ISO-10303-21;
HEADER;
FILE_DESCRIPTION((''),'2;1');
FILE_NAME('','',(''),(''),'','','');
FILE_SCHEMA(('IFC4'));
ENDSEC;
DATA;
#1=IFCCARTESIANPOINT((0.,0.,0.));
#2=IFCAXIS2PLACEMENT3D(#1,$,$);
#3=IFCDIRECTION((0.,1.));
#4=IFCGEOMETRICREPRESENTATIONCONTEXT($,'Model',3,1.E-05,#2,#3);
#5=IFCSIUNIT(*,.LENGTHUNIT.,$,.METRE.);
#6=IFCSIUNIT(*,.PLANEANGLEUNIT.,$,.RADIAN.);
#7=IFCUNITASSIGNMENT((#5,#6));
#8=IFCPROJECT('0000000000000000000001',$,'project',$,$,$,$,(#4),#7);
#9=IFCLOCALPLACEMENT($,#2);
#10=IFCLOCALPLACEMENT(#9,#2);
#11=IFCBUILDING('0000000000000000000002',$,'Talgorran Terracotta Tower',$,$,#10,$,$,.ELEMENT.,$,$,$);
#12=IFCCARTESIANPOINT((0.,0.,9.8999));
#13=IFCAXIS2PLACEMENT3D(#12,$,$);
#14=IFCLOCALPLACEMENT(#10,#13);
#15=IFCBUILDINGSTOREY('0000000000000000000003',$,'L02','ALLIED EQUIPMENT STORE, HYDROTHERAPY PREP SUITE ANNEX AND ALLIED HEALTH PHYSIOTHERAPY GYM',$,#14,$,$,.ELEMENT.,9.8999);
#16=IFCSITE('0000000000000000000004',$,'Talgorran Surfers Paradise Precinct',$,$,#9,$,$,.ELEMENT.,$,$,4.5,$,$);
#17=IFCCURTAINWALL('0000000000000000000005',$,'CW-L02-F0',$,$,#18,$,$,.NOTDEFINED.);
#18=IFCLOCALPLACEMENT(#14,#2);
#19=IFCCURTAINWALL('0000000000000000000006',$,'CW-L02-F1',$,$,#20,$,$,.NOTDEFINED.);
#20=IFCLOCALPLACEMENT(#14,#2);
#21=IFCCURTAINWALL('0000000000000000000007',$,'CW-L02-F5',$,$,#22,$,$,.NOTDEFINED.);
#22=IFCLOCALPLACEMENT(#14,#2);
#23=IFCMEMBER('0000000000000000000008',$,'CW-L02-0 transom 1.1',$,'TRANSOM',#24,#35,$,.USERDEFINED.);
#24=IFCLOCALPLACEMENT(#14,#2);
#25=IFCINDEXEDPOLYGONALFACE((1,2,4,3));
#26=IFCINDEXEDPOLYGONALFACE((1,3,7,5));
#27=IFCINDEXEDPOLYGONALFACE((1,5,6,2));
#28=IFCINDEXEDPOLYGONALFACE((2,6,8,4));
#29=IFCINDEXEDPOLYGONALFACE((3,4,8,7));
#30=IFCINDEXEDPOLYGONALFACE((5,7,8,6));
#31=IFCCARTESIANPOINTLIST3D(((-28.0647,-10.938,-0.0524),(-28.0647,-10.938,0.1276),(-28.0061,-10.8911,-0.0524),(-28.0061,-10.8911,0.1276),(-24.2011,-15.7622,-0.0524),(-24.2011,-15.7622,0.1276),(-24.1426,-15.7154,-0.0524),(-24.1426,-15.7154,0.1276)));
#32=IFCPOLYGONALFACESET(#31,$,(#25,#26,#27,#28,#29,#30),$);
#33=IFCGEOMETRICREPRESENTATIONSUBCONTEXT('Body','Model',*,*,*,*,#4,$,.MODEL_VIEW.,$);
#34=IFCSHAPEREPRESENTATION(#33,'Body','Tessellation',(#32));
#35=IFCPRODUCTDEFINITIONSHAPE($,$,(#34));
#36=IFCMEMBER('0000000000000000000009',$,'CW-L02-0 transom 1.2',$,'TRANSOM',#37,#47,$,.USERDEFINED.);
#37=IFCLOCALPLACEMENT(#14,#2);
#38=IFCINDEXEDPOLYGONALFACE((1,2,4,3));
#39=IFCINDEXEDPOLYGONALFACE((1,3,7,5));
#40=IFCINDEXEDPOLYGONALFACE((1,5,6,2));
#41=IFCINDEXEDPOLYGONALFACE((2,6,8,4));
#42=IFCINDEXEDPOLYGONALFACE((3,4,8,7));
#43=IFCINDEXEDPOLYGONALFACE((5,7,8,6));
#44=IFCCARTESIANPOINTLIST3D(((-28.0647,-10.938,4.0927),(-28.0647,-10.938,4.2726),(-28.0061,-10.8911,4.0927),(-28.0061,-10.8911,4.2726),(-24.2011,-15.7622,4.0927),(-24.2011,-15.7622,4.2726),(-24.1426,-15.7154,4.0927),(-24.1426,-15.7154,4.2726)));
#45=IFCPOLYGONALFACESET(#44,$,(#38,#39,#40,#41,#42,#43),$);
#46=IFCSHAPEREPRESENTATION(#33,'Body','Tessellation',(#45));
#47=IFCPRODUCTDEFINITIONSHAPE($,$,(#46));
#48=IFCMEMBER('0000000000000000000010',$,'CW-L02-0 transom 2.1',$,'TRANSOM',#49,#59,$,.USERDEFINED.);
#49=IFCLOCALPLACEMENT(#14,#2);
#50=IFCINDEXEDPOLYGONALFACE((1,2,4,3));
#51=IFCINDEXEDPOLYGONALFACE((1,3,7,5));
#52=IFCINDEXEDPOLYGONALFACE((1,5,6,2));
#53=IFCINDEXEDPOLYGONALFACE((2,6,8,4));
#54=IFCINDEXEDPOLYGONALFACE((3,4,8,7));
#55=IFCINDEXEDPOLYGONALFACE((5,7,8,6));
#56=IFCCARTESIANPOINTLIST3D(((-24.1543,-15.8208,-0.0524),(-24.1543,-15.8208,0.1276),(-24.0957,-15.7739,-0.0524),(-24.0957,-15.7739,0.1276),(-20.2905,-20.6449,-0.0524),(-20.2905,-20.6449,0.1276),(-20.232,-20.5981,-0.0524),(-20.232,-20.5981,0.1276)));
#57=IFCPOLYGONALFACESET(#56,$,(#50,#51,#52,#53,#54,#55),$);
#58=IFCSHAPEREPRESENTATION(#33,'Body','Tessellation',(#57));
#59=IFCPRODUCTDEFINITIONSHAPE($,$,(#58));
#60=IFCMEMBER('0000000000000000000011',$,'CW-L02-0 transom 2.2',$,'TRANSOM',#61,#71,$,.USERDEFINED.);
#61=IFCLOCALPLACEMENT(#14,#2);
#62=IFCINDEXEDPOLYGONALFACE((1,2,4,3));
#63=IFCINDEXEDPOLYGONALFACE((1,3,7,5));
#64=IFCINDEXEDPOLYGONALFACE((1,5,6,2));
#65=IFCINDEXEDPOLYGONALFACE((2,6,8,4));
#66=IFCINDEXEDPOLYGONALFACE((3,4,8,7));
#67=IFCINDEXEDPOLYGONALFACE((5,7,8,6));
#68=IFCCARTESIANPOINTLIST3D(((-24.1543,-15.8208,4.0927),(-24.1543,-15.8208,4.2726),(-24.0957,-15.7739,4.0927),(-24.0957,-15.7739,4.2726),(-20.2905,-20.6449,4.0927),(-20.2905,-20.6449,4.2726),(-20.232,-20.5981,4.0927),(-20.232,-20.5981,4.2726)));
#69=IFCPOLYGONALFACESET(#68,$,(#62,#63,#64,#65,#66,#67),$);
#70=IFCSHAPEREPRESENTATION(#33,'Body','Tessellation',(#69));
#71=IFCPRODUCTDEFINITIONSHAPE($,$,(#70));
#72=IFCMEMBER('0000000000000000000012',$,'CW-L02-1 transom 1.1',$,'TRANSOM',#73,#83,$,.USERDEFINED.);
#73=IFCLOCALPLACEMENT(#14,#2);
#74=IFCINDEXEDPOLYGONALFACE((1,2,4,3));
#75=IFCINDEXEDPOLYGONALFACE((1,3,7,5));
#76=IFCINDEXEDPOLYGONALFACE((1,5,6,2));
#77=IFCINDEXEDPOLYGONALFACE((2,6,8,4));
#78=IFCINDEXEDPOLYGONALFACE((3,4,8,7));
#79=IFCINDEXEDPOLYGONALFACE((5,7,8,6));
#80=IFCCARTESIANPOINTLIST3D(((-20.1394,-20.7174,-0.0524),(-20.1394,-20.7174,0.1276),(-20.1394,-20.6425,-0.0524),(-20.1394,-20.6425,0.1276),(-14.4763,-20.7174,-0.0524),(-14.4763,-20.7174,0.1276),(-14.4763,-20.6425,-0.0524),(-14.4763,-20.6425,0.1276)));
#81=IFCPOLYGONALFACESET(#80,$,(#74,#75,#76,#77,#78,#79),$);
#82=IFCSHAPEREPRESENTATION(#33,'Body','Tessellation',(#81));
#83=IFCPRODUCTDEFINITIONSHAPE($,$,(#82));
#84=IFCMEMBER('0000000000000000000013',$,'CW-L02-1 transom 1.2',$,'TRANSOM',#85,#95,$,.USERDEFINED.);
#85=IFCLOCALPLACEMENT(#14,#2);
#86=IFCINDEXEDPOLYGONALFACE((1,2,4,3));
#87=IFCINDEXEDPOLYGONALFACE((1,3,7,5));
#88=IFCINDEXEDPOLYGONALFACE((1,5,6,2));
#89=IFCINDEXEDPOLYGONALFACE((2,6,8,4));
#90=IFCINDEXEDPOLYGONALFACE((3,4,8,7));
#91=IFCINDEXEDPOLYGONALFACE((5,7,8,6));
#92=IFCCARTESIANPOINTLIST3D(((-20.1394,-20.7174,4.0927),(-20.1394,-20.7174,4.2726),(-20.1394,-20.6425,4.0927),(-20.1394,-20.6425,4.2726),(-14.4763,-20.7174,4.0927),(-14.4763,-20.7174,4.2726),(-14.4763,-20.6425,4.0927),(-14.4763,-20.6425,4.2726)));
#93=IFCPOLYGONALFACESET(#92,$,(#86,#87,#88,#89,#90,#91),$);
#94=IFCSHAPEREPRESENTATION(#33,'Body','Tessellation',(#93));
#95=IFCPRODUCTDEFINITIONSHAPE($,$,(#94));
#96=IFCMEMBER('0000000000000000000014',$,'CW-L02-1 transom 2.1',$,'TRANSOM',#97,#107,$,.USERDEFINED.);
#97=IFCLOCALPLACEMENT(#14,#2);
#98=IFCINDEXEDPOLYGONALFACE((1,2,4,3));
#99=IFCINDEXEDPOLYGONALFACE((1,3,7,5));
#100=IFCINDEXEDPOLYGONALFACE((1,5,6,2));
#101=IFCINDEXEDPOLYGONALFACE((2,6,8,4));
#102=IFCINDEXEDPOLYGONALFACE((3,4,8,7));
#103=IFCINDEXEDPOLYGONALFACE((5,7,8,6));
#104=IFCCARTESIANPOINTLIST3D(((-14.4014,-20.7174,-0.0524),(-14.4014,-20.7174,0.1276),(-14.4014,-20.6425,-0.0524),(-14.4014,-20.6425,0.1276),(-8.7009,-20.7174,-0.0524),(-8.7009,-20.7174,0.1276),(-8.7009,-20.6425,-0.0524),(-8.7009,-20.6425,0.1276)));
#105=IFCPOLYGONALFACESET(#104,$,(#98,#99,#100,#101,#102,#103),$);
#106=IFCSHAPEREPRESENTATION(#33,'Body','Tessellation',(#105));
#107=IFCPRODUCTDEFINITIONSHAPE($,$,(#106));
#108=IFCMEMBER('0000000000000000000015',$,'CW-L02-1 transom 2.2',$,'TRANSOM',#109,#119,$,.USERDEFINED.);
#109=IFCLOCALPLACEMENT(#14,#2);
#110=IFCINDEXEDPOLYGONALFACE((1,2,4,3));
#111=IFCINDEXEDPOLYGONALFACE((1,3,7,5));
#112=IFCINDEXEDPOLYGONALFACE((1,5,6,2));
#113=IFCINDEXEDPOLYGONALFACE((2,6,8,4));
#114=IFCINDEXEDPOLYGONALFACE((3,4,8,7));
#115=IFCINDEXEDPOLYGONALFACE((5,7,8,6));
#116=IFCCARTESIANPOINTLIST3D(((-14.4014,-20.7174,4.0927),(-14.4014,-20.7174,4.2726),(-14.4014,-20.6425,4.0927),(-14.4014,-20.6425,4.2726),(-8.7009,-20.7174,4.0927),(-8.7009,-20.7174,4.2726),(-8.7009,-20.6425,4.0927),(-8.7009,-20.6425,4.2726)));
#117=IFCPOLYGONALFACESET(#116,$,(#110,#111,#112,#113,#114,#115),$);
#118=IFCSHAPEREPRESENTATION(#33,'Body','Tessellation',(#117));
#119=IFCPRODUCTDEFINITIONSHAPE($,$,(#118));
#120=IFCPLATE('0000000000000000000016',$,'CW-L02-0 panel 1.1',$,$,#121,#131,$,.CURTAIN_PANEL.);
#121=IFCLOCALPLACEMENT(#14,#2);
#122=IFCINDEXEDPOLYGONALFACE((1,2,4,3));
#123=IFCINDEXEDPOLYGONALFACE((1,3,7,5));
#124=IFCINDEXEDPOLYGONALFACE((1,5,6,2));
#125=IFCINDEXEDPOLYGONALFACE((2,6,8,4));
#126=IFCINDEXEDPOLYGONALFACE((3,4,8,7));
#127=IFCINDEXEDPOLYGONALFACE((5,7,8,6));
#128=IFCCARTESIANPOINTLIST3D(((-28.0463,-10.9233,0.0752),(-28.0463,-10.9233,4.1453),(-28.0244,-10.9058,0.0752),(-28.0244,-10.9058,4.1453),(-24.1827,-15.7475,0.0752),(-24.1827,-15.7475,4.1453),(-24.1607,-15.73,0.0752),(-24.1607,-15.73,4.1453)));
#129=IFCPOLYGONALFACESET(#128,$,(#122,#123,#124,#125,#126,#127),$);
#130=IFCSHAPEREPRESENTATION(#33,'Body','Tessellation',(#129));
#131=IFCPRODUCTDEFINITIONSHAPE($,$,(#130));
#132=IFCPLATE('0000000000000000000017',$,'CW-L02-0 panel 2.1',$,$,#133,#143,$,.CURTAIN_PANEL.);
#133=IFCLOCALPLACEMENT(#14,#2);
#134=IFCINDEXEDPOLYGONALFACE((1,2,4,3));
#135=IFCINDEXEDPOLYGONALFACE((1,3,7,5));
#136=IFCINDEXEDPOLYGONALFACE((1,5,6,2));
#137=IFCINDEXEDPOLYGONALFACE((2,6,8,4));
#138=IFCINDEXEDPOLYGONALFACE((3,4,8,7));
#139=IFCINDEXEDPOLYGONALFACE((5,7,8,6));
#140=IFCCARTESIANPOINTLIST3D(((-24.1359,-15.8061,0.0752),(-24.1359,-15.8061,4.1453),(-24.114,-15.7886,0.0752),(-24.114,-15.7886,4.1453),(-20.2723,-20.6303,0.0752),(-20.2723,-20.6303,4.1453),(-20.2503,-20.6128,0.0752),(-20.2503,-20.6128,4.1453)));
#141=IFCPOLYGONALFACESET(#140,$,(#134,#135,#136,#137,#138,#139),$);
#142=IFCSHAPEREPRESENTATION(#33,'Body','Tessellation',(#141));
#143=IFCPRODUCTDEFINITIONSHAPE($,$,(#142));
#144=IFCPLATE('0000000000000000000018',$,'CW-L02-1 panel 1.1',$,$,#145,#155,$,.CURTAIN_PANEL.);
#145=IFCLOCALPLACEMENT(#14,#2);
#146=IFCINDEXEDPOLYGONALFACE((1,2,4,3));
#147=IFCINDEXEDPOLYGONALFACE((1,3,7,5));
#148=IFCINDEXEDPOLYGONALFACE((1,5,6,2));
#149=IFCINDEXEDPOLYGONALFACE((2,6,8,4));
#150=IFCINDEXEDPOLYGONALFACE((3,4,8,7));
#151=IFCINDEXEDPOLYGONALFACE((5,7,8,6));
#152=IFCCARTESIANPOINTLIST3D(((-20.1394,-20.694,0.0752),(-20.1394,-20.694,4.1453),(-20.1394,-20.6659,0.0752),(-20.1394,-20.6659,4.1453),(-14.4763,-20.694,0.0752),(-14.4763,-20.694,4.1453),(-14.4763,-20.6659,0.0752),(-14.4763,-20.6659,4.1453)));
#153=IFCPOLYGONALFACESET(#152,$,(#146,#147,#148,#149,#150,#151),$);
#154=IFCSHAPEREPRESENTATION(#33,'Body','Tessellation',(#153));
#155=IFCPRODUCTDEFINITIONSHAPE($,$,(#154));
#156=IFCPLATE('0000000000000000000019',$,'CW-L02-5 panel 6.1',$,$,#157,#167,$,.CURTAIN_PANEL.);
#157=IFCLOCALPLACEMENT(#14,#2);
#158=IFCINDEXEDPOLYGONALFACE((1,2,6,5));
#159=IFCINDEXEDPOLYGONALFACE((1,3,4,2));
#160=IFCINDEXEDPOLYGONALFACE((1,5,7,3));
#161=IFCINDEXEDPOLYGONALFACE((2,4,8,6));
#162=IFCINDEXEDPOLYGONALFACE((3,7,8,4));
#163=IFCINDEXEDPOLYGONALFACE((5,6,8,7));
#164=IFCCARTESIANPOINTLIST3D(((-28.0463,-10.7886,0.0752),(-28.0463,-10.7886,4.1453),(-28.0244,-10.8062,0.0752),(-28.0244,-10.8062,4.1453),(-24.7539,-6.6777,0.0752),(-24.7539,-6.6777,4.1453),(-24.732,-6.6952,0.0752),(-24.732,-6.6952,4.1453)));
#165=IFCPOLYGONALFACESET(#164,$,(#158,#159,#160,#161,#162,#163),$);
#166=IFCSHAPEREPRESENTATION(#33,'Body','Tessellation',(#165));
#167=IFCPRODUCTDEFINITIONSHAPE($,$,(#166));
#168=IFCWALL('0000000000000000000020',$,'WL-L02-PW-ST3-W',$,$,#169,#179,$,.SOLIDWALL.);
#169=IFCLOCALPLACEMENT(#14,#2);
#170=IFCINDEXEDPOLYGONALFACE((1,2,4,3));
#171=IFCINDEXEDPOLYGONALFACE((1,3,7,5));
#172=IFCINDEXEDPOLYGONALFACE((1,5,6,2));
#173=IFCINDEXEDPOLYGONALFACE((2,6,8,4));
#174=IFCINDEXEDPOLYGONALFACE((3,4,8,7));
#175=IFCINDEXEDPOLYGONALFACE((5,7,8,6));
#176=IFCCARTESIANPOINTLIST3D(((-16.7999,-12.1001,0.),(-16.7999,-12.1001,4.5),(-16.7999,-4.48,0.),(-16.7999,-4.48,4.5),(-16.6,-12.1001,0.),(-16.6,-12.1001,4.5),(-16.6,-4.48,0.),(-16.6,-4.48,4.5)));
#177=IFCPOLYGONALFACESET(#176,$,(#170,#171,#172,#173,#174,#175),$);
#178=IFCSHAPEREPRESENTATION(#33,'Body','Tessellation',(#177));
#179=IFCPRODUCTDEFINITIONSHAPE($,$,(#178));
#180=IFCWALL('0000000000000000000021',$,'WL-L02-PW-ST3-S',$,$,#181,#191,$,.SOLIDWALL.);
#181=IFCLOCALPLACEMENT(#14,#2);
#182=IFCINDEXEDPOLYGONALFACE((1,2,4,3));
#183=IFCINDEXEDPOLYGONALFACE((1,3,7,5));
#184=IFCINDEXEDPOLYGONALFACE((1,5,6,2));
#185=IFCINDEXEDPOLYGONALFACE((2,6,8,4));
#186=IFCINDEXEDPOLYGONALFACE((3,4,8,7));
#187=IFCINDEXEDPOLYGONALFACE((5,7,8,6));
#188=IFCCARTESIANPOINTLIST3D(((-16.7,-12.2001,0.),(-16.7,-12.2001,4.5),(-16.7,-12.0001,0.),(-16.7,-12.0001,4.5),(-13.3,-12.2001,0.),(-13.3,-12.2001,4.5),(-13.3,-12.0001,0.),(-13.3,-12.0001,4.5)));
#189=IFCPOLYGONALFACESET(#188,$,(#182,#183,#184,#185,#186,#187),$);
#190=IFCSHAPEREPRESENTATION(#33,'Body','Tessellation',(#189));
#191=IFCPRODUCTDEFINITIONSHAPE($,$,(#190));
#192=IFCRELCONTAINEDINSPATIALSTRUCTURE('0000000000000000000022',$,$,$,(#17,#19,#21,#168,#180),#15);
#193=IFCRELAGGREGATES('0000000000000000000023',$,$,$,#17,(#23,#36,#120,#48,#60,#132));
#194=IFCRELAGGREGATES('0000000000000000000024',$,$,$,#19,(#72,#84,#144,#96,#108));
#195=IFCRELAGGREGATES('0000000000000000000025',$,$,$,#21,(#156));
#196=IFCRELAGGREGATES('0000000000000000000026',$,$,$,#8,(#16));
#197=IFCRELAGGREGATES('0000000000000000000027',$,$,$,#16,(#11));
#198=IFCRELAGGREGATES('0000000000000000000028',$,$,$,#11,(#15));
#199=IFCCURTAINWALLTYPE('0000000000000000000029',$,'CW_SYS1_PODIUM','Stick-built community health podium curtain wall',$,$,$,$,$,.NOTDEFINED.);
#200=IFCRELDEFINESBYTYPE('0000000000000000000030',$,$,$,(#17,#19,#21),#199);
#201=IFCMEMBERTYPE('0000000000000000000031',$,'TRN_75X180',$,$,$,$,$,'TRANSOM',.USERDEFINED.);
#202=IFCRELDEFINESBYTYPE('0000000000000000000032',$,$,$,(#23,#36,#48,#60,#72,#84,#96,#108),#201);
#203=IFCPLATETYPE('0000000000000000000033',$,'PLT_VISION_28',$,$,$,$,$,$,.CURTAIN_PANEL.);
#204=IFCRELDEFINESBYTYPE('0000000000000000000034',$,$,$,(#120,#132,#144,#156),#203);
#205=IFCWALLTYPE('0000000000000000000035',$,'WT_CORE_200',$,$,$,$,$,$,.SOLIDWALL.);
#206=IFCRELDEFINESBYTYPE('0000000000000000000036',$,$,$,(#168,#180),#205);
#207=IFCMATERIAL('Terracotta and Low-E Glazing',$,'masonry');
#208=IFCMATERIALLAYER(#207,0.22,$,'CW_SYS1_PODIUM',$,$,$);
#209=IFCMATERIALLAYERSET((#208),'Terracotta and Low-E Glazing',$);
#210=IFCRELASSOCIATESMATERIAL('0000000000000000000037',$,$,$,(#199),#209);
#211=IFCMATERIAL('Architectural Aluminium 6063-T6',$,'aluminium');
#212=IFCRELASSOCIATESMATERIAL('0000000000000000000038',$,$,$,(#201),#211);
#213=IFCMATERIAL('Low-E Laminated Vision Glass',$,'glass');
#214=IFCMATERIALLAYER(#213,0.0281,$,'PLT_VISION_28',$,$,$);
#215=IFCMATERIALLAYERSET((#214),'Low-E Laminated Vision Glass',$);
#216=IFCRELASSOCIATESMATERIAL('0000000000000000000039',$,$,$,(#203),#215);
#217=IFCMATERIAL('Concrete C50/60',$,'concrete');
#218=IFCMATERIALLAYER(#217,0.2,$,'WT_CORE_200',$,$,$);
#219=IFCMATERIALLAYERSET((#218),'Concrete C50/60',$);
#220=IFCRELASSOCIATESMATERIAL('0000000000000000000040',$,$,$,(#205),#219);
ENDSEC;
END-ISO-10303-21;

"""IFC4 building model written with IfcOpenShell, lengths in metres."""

from ifc_helpers import new_model, si_unit, direction, frame, frame_2d, origin, origin_2d, place, context, subcontext, project, spatial, rectangle, extrude, source, transform, mapped, material, layer, layer_set, material_profile, profile_set, type_object, type_shapes, element, aggregate, save


model = new_model("IFC4")

# Units and contexts
model_context = context("Model", 3, precision=1e-05, world=origin(), true_north=direction((0.0, 1.0)))
body_context = subcontext(model_context, "Body", "Model", "MODEL_VIEW")
ifc_project = project(units=[si_unit("LENGTHUNIT", "METRE"), si_unit("PLANEANGLEUNIT", "RADIAN")], contexts=[model_context])

# Site, building, storey
site_placement = place(None, origin())
site = spatial("IfcSite", under=ifc_project, at=site_placement, Name="Talgorran Surfers Paradise Precinct", CompositionType="ELEMENT", RefElevation=4.5)
building_placement = place(site_placement, origin())
building = spatial("IfcBuilding", under=site, at=building_placement, Name="Talgorran Terracotta Tower", CompositionType="ELEMENT")
storey_placement = place(building_placement, frame((0.0, 0.0, 9.8999)))
storey = spatial("IfcBuildingStorey", under=building, at=storey_placement, Name="L02", Description="ALLIED EQUIPMENT STORE, HYDROTHERAPY PREP SUITE ANNEX AND ALLIED HEALTH PHYSIOTHERAPY GYM", CompositionType="ELEMENT", Elevation=9.8999)

# Curtain walls
ifc_material_1 = material(Name="Terracotta and Low-E Glazing", Category="masonry")
ifc_layer_1 = layer(ifc_material_1, 0.22, Name="CW_SYS1_PODIUM")
ifc_layer_set_1 = layer_set([ifc_layer_1], Name="Terracotta and Low-E Glazing")
curtain_wall_type = type_object("IfcCurtainWallType", Name="CW_SYS1_PODIUM", Description="Stick-built community health podium curtain wall", PredefinedType="NOTDEFINED", material=ifc_layer_set_1)
curtain_wall_1_placement = place(storey_placement, origin())
curtain_wall_1 = element("IfcCurtainWall", 1, at=curtain_wall_1_placement, inside=storey, type_object=curtain_wall_type, Name="CW-L02-F0", PredefinedType="NOTDEFINED")
ifc_material_2 = material(Name="Architectural Aluminium 6063-T6", Category="aluminium")
curtain_wall_2_placement = place(storey_placement, origin())
curtain_wall_2 = element("IfcCurtainWall", 2, at=curtain_wall_2_placement, inside=storey, type_object=curtain_wall_type, Name="CW-L02-F1", PredefinedType="NOTDEFINED")

# Curtain wall
curtain_wall_3_placement = place(storey_placement, origin())
curtain_wall_3 = element("IfcCurtainWall", 3, at=curtain_wall_3_placement, inside=storey, type_object=curtain_wall_type, Name="CW-L02-F5", PredefinedType="NOTDEFINED")

# Members
ifc_material_profile_1 = material_profile(ifc_material_2, rectangle(XDim=0.075, YDim=0.1799, at=origin_2d()), Name="CWT75X180")
ifc_profile_set_1 = profile_set([ifc_material_profile_1], Name="Architectural Aluminium 6063-T6")
member_type_1 = type_object("IfcMemberType", Name="TRN_75X180", ElementType="TRANSOM", PredefinedType="USERDEFINED", material=ifc_profile_set_1)
member_1_placement = place(storey_placement, frame((-28.0354, -10.9146, 0.0376), z_axis=(0.625104, -0.780541, 0.0), x_axis=(0.780541, 0.625104, 0.0)))
member_1 = element("IfcMember", 4, at=member_1_placement, type_object=member_type_1, Name="CW-L02-0 transom 1.1", ObjectType="TRANSOM", PredefinedType="USERDEFINED", context=body_context, shape_type="SweptSolid", body=[
    extrude(rectangle(XDim=0.075, YDim=0.1799, at=origin_2d()), origin(), (0.0, 0.0, 1.0), 6.1807),
])
member_2_placement = place(storey_placement, frame((-28.0354, -10.9146, 4.1826), z_axis=(0.625104, -0.780541, 0.0), x_axis=(0.780541, 0.625104, 0.0)))
member_2 = element("IfcMember", 5, at=member_2_placement, type_object=member_type_1, Name="CW-L02-0 transom 1.2", ObjectType="TRANSOM", PredefinedType="USERDEFINED", context=body_context, shape_type="SweptSolid", body=[
    extrude(rectangle(XDim=0.075, YDim=0.1799, at=origin_2d()), origin(), (0.0, 0.0, 1.0), 6.1807),
])
member_3_placement = place(storey_placement, frame((-24.125, -15.7974, 0.0376), z_axis=(0.625128, -0.780522, 0.0), x_axis=(0.780522, 0.625128, 0.0)))
member_3 = element("IfcMember", 6, at=member_3_placement, type_object=member_type_1, Name="CW-L02-0 transom 2.1", ObjectType="TRANSOM", PredefinedType="USERDEFINED", context=body_context, shape_type="SweptSolid", body=[
    extrude(rectangle(XDim=0.075, YDim=0.1799, at=origin_2d()), origin(), (0.0, 0.0, 1.0), 6.1807),
])
member_4_placement = place(storey_placement, frame((-24.125, -15.7974, 4.1826), z_axis=(0.625128, -0.780522, 0.0), x_axis=(0.780522, 0.625128, 0.0)))
member_4 = element("IfcMember", 7, at=member_4_placement, type_object=member_type_1, Name="CW-L02-0 transom 2.2", ObjectType="TRANSOM", PredefinedType="USERDEFINED", context=body_context, shape_type="SweptSolid", body=[
    extrude(rectangle(XDim=0.075, YDim=0.1799, at=origin_2d()), origin(), (0.0, 0.0, 1.0), 6.1807),
])
member_5_placement = place(storey_placement, frame((-20.1394, -20.6799, 0.0376), z_axis=(1.0, 0.0, 0.0), x_axis=(0.0, 1.0, 0.0)))
member_5 = element("IfcMember", 8, at=member_5_placement, type_object=member_type_1, Name="CW-L02-1 transom 1.1", ObjectType="TRANSOM", PredefinedType="USERDEFINED", context=body_context, shape_type="SweptSolid", body=[
    extrude(rectangle(XDim=0.075, YDim=0.1799, at=origin_2d()), origin(), (0.0, 0.0, 1.0), 5.6631),
])
member_6_placement = place(storey_placement, frame((-20.1394, -20.6799, 4.1826), z_axis=(1.0, 0.0, 0.0), x_axis=(0.0, 1.0, 0.0)))
member_6 = element("IfcMember", 9, at=member_6_placement, type_object=member_type_1, Name="CW-L02-1 transom 1.2", ObjectType="TRANSOM", PredefinedType="USERDEFINED", context=body_context, shape_type="SweptSolid", body=[
    extrude(rectangle(XDim=0.075, YDim=0.1799, at=origin_2d()), origin(), (0.0, 0.0, 1.0), 5.6631),
])
member_7_placement = place(storey_placement, frame((-14.4014, -20.6799, 0.0376), z_axis=(1.0, 0.0, 0.0), x_axis=(0.0, 1.0, 0.0)))
member_7 = element("IfcMember", 10, at=member_7_placement, type_object=member_type_1, Name="CW-L02-1 transom 2.1", ObjectType="TRANSOM", PredefinedType="USERDEFINED", context=body_context, shape_type="SweptSolid", body=[
    extrude(rectangle(XDim=0.075, YDim=0.1799, at=origin_2d()), origin(), (0.0, 0.0, 1.0), 5.7004),
])
member_8_placement = place(storey_placement, frame((-14.4014, -20.6799, 4.1826), z_axis=(1.0, 0.0, 0.0), x_axis=(0.0, 1.0, 0.0)))
member_8 = element("IfcMember", 11, at=member_8_placement, type_object=member_type_1, Name="CW-L02-1 transom 2.2", ObjectType="TRANSOM", PredefinedType="USERDEFINED", context=body_context, shape_type="SweptSolid", body=[
    extrude(rectangle(XDim=0.075, YDim=0.1799, at=origin_2d()), origin(), (0.0, 0.0, 1.0), 5.7004),
])

# Plates
ifc_material_3 = material(Name="Low-E Laminated Vision Glass", Category="glass")
ifc_layer_2 = layer(ifc_material_3, 0.0281, Name="PLT_VISION_28")
ifc_layer_set_2 = layer_set([ifc_layer_2], Name="Low-E Laminated Vision Glass")
plate_type = type_object("IfcPlateType", Name="PLT_VISION_28", PredefinedType="CURTAIN_PANEL", material=ifc_layer_set_2)
shared_shape_1 = source(origin(), body_context, "Body", "SweptSolid", [
    extrude(rectangle(XDim=6.1807, YDim=0.0281, at=origin_2d()), origin(), (0.0, 0.0, 1.0), 4.0701),
])
plate_1_placement = place(storey_placement, frame((-26.1035, -13.3267, 0.0752), z_axis=(0.0, 0.0, 1.0), x_axis=(0.625116, -0.780532, 0.0)))
plate_1 = element("IfcPlate", 12, at=plate_1_placement, type_object=plate_type, Name="CW-L02-0 panel 1.1", PredefinedType="CURTAIN_PANEL", context=body_context, shape_type="MappedRepresentation", body=[
    mapped(shared_shape_1, transform((0.0, 0.0, 0.0), scale=1.0)),
])
plate_2_placement = place(storey_placement, frame((-22.1931, -18.2095, 0.0752), z_axis=(0.0, 0.0, 1.0), x_axis=(0.625116, -0.780532, 0.0)))
plate_2 = element("IfcPlate", 13, at=plate_2_placement, type_object=plate_type, Name="CW-L02-0 panel 2.1", PredefinedType="CURTAIN_PANEL", context=body_context, shape_type="MappedRepresentation", body=[
    mapped(shared_shape_1, transform((0.0, 0.0, 0.0), scale=1.0)),
])
aggregate(curtain_wall_1, [member_1, member_2, plate_1, member_3, member_4, plate_2])
shared_shape_2 = source(origin(), body_context, "Body", "SweptSolid", [
    extrude(rectangle(XDim=5.6631, YDim=0.0281, at=origin_2d()), origin(), (0.0, 0.0, 1.0), 4.0701),
])
plate_3_placement = place(storey_placement, frame((-17.3079, -20.6799, 0.0752), z_axis=(0.0, 0.0, 1.0), x_axis=(1.0, 0.0, 0.0)))
plate_3 = element("IfcPlate", 14, at=plate_3_placement, type_object=plate_type, Name="CW-L02-1 panel 1.1", PredefinedType="CURTAIN_PANEL", context=body_context, shape_type="MappedRepresentation", body=[
    mapped(shared_shape_2, transform((0.0, 0.0, 0.0), scale=1.0)),
])
aggregate(curtain_wall_2, [member_5, member_6, plate_3, member_7, member_8])
shared_shape_3 = source(origin(), body_context, "Body", "SweptSolid", [
    extrude(rectangle(XDim=5.2668, YDim=0.0281, at=origin_2d()), origin(), (0.0, 0.0, 1.0), 4.0701),
])
type_shapes(plate_type, [shared_shape_1, shared_shape_2, shared_shape_3])
plate_4_placement = place(storey_placement, frame((-26.3892, -8.7419, 0.0752), z_axis=(0.0, 0.0, 1.0), x_axis=(-0.625116, -0.780532, 0.0)))
plate_4 = element("IfcPlate", 15, at=plate_4_placement, type_object=plate_type, Name="CW-L02-5 panel 6.1", PredefinedType="CURTAIN_PANEL", context=body_context, shape_type="MappedRepresentation", body=[
    mapped(shared_shape_3, transform((0.0, 0.0, 0.0), scale=1.0)),
])
aggregate(curtain_wall_3, [plate_4])

# Walls
ifc_material_4 = material(Name="Concrete C50/60", Category="concrete")
ifc_layer_3 = layer(ifc_material_4, 0.2, Name="WT_CORE_200")
ifc_layer_set_3 = layer_set([ifc_layer_3], Name="Concrete C50/60")
wall_type_1 = type_object("IfcWallType", Name="WT_CORE_200", PredefinedType="SOLIDWALL", material=ifc_layer_set_3)
wall_1_placement = place(storey_placement, frame((-16.7, -12.1001, 0.0), z_axis=(0.0, 0.0, 1.0), x_axis=(0.0, 1.0, 0.0)))
element("IfcWall", 16, at=wall_1_placement, inside=storey, type_object=wall_type_1, Name="WL-L02-PW-ST3-W", PredefinedType="SOLIDWALL", context=body_context, shape_type="SweptSolid", body=[
    extrude(rectangle(XDim=7.6201, YDim=0.2, at=frame_2d((3.8101, 0.0))), origin(), (0.0, 0.0, 1.0), 4.5),
])
wall_2_placement = place(storey_placement, frame((-16.7, -12.1001, 0.0), z_axis=(0.0, 0.0, 1.0), x_axis=(1.0, 0.0, 0.0)))
element("IfcWall", 17, at=wall_2_placement, inside=storey, type_object=wall_type_1, Name="WL-L02-PW-ST3-S", PredefinedType="SOLIDWALL", context=body_context, shape_type="SweptSolid", body=[
    extrude(rectangle(XDim=3.3999, YDim=0.2, at=frame_2d((1.7, 0.0))), origin(), (0.0, 0.0, 1.0), 4.5),
])

save(model, "model.ifc")
